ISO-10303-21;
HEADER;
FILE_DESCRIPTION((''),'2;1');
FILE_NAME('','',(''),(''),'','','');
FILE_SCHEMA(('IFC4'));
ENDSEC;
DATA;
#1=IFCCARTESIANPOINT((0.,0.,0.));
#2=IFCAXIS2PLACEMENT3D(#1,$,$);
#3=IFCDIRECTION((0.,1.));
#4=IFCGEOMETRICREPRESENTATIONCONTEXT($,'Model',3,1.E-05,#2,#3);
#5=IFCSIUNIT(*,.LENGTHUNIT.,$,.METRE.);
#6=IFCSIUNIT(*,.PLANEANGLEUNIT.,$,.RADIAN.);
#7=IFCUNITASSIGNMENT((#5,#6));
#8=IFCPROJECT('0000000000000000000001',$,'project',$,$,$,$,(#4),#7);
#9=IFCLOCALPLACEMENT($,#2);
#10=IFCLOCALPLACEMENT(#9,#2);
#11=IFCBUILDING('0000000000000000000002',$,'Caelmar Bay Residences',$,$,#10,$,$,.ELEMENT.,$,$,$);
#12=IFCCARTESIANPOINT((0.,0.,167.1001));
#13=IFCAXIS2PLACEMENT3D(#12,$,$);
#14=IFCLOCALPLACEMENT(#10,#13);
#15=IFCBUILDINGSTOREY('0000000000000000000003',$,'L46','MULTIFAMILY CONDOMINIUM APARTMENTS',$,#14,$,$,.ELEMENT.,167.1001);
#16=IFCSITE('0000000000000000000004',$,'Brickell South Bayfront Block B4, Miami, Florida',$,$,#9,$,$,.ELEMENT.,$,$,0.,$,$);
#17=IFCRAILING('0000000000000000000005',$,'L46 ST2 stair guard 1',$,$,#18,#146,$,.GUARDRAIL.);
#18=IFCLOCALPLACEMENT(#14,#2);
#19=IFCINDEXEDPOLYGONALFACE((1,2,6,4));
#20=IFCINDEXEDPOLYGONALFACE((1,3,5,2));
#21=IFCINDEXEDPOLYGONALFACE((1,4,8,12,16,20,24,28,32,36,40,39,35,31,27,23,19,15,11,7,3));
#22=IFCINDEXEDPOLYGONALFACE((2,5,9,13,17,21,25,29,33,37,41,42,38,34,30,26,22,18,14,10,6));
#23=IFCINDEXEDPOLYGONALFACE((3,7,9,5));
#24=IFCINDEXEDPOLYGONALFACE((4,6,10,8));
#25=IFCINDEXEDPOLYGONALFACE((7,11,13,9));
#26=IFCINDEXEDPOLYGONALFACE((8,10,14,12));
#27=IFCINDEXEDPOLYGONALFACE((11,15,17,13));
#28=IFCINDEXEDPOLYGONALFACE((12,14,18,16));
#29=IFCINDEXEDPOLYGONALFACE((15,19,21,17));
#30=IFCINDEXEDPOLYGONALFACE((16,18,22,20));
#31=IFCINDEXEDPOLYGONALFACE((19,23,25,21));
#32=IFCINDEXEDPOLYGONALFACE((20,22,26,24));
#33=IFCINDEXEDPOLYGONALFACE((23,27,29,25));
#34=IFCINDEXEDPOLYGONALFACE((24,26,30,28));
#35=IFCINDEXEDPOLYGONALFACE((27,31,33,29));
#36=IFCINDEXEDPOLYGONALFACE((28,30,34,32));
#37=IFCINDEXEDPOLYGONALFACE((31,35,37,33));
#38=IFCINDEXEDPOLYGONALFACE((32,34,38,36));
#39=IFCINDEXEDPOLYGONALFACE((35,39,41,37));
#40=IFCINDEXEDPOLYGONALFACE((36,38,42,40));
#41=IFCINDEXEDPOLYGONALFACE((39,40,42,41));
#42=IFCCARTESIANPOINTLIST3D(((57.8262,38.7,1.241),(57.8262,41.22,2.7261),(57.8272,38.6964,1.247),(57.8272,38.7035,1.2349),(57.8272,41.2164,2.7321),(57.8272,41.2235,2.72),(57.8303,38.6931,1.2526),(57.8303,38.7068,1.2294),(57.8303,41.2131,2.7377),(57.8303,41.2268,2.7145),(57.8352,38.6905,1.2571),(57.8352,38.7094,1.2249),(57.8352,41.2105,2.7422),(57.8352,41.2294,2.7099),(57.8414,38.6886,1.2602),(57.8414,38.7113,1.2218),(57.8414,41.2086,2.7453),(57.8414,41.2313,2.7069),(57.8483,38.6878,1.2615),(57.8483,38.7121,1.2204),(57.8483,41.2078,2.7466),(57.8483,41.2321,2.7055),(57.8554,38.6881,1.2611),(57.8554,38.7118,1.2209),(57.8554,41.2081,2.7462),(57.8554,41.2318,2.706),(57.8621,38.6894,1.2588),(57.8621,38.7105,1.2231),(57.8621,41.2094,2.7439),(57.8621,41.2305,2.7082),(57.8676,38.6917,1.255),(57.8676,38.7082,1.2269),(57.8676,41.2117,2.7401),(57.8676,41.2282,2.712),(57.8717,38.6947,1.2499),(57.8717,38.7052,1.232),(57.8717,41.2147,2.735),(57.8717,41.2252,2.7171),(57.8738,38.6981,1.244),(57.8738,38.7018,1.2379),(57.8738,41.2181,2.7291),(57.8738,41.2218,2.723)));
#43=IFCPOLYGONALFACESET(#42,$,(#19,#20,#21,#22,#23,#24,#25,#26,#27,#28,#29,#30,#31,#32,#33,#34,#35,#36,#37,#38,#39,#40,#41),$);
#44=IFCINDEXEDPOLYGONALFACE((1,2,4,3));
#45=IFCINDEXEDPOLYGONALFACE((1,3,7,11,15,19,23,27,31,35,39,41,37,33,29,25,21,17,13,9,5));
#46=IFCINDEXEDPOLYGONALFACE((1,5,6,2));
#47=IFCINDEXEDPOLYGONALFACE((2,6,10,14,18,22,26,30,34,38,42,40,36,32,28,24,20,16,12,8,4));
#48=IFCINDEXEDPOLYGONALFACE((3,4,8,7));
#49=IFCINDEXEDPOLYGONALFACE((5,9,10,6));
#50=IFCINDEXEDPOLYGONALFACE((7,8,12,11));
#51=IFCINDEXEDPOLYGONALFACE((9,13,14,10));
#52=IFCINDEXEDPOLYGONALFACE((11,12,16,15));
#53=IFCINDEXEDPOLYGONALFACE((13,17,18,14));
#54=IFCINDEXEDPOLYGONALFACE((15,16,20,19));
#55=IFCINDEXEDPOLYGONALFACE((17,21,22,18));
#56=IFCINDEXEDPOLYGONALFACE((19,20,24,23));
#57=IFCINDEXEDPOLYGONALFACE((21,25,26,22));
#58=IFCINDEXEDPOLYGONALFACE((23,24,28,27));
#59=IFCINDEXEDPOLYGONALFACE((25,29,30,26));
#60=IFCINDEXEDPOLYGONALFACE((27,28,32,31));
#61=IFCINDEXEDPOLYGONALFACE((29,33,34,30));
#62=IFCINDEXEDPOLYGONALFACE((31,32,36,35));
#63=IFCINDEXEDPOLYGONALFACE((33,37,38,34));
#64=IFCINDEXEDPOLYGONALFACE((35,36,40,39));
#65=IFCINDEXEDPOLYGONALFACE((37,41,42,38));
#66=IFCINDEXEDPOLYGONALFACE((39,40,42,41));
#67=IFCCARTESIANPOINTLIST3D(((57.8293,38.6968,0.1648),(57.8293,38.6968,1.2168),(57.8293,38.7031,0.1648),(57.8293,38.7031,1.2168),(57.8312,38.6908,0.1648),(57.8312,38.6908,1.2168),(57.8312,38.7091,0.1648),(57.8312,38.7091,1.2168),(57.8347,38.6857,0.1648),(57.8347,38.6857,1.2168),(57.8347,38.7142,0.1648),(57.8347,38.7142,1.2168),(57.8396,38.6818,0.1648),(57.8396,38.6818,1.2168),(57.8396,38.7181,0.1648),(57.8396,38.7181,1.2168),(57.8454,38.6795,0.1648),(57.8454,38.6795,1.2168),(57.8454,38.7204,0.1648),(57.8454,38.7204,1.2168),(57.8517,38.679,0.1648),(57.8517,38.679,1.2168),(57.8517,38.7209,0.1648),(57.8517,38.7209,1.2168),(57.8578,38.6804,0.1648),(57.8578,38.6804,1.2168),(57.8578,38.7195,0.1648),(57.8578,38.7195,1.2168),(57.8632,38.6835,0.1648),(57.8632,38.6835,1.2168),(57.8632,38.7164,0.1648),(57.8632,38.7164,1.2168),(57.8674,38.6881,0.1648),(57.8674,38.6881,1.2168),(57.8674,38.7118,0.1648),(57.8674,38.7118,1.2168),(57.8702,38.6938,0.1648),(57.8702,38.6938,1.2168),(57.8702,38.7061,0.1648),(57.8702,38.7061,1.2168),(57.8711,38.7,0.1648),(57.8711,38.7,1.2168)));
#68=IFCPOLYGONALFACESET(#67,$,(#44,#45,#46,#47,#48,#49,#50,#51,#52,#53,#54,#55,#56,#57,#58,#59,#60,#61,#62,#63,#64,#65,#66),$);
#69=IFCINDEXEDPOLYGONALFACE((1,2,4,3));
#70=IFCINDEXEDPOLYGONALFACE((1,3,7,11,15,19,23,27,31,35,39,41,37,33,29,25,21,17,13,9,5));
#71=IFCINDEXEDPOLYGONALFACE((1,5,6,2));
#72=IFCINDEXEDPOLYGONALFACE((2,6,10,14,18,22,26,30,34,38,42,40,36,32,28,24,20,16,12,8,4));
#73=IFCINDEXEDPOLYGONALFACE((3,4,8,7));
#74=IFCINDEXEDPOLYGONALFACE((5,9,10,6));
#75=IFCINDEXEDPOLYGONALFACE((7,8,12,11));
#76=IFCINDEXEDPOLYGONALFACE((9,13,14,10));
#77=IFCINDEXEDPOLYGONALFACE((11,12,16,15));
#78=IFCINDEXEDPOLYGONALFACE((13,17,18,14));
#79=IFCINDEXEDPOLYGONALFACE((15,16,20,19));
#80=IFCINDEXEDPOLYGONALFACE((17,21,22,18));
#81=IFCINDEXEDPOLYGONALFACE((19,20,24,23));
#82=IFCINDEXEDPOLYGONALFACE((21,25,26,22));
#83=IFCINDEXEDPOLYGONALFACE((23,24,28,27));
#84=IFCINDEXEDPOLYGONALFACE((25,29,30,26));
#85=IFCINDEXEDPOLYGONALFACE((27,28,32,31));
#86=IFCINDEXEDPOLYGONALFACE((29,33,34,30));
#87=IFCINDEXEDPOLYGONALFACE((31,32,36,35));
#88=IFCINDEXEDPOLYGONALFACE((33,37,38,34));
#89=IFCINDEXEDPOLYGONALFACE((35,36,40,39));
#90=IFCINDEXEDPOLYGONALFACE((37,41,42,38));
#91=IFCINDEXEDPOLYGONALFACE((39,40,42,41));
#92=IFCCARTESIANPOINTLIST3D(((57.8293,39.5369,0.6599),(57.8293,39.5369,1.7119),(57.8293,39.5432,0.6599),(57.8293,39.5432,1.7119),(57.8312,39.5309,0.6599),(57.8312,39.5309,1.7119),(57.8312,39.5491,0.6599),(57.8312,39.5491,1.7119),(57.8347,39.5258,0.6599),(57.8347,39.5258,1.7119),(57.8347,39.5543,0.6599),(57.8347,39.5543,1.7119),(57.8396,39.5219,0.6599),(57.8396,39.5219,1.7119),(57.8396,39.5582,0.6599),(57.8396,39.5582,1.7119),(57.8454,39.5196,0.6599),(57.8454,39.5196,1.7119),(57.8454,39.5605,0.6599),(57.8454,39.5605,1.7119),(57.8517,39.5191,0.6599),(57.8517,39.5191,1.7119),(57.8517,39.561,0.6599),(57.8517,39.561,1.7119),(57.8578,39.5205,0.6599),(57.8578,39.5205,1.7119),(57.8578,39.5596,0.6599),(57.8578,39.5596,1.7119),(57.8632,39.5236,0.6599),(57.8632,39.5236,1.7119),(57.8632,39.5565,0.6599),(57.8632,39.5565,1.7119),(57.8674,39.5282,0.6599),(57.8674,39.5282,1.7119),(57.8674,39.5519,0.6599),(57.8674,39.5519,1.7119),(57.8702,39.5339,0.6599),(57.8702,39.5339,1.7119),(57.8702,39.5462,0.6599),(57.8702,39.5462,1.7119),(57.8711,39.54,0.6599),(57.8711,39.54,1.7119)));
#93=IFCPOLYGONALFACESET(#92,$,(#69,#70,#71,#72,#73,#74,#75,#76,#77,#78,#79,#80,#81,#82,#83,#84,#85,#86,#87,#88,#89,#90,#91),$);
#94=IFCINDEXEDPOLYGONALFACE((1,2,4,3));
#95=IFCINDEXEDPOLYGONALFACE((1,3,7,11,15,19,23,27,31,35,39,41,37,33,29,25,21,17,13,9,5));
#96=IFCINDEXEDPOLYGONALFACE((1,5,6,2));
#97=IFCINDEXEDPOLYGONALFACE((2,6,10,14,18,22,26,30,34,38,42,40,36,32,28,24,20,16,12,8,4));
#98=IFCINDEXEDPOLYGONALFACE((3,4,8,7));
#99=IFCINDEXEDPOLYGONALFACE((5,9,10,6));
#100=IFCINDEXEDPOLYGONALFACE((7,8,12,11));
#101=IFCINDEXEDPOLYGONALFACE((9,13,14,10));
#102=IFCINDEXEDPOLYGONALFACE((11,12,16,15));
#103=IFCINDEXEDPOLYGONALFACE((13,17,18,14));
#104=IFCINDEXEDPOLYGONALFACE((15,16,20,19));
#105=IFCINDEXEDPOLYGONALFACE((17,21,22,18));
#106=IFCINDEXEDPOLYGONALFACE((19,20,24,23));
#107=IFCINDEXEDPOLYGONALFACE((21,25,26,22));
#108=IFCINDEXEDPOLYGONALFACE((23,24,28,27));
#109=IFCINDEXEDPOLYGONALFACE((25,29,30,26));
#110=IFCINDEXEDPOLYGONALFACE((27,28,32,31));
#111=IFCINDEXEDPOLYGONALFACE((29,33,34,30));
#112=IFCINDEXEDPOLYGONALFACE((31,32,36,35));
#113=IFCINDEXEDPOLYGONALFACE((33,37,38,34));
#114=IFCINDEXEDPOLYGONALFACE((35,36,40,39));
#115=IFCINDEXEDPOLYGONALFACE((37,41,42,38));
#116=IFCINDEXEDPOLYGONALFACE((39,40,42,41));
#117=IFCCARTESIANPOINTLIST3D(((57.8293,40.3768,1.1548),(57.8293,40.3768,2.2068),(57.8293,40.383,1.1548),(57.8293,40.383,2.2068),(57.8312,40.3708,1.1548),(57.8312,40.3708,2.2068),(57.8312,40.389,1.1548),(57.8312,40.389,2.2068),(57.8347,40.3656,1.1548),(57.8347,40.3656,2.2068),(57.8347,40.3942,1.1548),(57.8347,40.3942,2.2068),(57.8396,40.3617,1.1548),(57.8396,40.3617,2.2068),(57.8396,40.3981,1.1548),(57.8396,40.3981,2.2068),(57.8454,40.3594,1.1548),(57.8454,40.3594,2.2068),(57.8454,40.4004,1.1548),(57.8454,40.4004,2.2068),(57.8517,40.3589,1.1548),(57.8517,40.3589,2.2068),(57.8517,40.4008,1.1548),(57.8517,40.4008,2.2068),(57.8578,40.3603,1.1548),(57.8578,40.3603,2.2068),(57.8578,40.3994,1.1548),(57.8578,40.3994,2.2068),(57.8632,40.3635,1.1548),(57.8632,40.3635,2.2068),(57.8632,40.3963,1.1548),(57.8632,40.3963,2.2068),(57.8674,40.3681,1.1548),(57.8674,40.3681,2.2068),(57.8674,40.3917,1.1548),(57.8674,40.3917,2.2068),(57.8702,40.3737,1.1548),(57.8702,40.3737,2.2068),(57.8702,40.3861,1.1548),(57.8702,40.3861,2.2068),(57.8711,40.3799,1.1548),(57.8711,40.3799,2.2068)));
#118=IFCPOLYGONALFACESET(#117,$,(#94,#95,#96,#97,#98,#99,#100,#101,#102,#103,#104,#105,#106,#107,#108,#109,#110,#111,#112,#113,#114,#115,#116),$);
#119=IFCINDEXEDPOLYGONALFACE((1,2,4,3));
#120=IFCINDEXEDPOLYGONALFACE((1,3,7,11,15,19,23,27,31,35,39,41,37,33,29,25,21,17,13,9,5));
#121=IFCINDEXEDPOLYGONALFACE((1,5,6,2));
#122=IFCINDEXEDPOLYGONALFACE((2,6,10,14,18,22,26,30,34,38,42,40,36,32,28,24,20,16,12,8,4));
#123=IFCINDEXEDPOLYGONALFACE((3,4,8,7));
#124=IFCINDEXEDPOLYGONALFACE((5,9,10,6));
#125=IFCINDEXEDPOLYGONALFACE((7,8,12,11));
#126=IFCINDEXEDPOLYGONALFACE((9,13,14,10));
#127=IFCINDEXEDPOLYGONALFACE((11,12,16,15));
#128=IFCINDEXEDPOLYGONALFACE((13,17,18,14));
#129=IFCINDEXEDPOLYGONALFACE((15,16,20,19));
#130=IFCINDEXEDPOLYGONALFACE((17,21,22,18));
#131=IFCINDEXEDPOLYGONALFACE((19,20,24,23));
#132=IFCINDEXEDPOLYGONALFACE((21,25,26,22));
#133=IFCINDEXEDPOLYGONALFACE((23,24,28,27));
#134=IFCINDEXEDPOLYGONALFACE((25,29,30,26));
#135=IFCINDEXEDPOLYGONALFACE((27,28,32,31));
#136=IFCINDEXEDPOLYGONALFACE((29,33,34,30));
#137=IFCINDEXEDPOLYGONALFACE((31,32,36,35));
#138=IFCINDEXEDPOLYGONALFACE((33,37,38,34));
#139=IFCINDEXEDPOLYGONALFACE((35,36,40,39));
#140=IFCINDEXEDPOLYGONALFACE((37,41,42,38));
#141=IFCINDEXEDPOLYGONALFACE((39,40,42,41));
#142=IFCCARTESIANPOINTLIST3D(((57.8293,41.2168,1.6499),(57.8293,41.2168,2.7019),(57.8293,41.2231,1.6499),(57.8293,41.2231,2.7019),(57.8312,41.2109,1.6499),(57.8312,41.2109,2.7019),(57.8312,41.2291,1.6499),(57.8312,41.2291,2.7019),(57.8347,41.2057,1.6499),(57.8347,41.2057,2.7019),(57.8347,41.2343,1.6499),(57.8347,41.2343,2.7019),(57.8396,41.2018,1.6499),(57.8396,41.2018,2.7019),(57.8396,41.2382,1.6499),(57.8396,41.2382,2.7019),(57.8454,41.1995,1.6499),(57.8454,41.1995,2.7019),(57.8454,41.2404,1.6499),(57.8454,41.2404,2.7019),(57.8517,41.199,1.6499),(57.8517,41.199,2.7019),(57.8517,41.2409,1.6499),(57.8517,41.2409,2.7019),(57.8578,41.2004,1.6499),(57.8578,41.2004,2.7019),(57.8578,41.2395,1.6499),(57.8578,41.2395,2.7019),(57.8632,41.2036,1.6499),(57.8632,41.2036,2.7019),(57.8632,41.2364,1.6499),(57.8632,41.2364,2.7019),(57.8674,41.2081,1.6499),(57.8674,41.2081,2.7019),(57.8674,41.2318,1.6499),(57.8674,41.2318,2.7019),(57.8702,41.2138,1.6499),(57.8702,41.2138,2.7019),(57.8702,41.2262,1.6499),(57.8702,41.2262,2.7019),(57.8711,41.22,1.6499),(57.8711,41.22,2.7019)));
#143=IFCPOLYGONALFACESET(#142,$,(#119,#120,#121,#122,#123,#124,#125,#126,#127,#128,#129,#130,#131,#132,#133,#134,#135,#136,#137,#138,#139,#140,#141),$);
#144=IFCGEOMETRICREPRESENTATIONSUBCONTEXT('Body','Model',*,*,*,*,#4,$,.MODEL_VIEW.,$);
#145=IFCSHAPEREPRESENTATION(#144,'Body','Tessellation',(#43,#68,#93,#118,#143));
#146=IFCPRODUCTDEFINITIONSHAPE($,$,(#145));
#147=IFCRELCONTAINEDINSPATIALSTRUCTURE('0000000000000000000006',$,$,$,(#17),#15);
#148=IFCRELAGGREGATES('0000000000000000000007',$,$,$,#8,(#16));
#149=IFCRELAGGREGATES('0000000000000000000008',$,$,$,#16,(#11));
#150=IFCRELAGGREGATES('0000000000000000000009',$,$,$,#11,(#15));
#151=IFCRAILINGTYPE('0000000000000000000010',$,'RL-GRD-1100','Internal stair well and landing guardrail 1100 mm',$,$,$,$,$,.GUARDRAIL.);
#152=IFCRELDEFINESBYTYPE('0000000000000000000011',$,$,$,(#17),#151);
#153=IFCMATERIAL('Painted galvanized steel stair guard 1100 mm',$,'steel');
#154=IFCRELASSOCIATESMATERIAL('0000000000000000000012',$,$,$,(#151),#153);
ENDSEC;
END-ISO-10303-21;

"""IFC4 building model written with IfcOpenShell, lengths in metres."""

from ifc_helpers import new_model, si_unit, direction, frame, origin, origin_2d, place, context, subcontext, project, spatial, circle, extrude, material, type_object, element, save


model = new_model("IFC4")

# Units and contexts
model_context = context("Model", 3, precision=1e-05, world=origin(), true_north=direction((0.0, 1.0)))
body_context = subcontext(model_context, "Body", "Model", "MODEL_VIEW")
ifc_project = project(units=[si_unit("LENGTHUNIT", "METRE"), si_unit("PLANEANGLEUNIT", "RADIAN")], contexts=[model_context])

# Site, building, storey
site_placement = place(None, origin())
site = spatial("IfcSite", under=ifc_project, at=site_placement, Name="Brickell South Bayfront Block B4, Miami, Florida", CompositionType="ELEMENT", RefElevation=0.0)
building_placement = place(site_placement, origin())
building = spatial("IfcBuilding", under=site, at=building_placement, Name="Caelmar Bay Residences", CompositionType="ELEMENT")
storey_placement = place(building_placement, frame((0.0, 0.0, 167.1001)))
storey = spatial("IfcBuildingStorey", under=building, at=storey_placement, Name="L46", Description="MULTIFAMILY CONDOMINIUM APARTMENTS", CompositionType="ELEMENT", Elevation=167.1001)

# Railing
ifc_material_1 = material(Name="Painted galvanized steel stair guard 1100 mm", Category="steel")
railing_type_1 = type_object("IfcRailingType", Name="RL-GRD-1100", Description="Internal stair well and landing guardrail 1100 mm", PredefinedType="GUARDRAIL", material=ifc_material_1)
railing_1_placement = place(storey_placement, frame((57.8501, 38.7, 0.1648)))
element("IfcRailing", 1, at=railing_1_placement, inside=storey, type_object=railing_type_1, Name="L46 ST2 stair guard 1", PredefinedType="GUARDRAIL", context=body_context, shape_type="SweptSolid", body=[
    extrude(circle(Radius=0.0239, at=origin_2d()), frame((0.0, 0.0, 1.0762), z_axis=(0.0, 0.861524, 0.507717), x_axis=(-1.0, 0.0, 0.0)), (0.0, 0.0, 1.0), 2.925),
    extrude(circle(Radius=0.021, at=origin_2d()), origin(), (0.0, 0.0, 1.0), 1.052),
    extrude(circle(Radius=0.021, at=origin_2d()), frame((0.0, 0.8401, 0.4951)), (0.0, 0.0, 1.0), 1.052),
    extrude(circle(Radius=0.021, at=origin_2d()), frame((0.0, 1.6799, 0.99)), (0.0, 0.0, 1.0), 1.052),
    extrude(circle(Radius=0.021, at=origin_2d()), frame((0.0, 2.52, 1.4851)), (0.0, 0.0, 1.0), 1.052),
])

save(model, "model.ifc")
